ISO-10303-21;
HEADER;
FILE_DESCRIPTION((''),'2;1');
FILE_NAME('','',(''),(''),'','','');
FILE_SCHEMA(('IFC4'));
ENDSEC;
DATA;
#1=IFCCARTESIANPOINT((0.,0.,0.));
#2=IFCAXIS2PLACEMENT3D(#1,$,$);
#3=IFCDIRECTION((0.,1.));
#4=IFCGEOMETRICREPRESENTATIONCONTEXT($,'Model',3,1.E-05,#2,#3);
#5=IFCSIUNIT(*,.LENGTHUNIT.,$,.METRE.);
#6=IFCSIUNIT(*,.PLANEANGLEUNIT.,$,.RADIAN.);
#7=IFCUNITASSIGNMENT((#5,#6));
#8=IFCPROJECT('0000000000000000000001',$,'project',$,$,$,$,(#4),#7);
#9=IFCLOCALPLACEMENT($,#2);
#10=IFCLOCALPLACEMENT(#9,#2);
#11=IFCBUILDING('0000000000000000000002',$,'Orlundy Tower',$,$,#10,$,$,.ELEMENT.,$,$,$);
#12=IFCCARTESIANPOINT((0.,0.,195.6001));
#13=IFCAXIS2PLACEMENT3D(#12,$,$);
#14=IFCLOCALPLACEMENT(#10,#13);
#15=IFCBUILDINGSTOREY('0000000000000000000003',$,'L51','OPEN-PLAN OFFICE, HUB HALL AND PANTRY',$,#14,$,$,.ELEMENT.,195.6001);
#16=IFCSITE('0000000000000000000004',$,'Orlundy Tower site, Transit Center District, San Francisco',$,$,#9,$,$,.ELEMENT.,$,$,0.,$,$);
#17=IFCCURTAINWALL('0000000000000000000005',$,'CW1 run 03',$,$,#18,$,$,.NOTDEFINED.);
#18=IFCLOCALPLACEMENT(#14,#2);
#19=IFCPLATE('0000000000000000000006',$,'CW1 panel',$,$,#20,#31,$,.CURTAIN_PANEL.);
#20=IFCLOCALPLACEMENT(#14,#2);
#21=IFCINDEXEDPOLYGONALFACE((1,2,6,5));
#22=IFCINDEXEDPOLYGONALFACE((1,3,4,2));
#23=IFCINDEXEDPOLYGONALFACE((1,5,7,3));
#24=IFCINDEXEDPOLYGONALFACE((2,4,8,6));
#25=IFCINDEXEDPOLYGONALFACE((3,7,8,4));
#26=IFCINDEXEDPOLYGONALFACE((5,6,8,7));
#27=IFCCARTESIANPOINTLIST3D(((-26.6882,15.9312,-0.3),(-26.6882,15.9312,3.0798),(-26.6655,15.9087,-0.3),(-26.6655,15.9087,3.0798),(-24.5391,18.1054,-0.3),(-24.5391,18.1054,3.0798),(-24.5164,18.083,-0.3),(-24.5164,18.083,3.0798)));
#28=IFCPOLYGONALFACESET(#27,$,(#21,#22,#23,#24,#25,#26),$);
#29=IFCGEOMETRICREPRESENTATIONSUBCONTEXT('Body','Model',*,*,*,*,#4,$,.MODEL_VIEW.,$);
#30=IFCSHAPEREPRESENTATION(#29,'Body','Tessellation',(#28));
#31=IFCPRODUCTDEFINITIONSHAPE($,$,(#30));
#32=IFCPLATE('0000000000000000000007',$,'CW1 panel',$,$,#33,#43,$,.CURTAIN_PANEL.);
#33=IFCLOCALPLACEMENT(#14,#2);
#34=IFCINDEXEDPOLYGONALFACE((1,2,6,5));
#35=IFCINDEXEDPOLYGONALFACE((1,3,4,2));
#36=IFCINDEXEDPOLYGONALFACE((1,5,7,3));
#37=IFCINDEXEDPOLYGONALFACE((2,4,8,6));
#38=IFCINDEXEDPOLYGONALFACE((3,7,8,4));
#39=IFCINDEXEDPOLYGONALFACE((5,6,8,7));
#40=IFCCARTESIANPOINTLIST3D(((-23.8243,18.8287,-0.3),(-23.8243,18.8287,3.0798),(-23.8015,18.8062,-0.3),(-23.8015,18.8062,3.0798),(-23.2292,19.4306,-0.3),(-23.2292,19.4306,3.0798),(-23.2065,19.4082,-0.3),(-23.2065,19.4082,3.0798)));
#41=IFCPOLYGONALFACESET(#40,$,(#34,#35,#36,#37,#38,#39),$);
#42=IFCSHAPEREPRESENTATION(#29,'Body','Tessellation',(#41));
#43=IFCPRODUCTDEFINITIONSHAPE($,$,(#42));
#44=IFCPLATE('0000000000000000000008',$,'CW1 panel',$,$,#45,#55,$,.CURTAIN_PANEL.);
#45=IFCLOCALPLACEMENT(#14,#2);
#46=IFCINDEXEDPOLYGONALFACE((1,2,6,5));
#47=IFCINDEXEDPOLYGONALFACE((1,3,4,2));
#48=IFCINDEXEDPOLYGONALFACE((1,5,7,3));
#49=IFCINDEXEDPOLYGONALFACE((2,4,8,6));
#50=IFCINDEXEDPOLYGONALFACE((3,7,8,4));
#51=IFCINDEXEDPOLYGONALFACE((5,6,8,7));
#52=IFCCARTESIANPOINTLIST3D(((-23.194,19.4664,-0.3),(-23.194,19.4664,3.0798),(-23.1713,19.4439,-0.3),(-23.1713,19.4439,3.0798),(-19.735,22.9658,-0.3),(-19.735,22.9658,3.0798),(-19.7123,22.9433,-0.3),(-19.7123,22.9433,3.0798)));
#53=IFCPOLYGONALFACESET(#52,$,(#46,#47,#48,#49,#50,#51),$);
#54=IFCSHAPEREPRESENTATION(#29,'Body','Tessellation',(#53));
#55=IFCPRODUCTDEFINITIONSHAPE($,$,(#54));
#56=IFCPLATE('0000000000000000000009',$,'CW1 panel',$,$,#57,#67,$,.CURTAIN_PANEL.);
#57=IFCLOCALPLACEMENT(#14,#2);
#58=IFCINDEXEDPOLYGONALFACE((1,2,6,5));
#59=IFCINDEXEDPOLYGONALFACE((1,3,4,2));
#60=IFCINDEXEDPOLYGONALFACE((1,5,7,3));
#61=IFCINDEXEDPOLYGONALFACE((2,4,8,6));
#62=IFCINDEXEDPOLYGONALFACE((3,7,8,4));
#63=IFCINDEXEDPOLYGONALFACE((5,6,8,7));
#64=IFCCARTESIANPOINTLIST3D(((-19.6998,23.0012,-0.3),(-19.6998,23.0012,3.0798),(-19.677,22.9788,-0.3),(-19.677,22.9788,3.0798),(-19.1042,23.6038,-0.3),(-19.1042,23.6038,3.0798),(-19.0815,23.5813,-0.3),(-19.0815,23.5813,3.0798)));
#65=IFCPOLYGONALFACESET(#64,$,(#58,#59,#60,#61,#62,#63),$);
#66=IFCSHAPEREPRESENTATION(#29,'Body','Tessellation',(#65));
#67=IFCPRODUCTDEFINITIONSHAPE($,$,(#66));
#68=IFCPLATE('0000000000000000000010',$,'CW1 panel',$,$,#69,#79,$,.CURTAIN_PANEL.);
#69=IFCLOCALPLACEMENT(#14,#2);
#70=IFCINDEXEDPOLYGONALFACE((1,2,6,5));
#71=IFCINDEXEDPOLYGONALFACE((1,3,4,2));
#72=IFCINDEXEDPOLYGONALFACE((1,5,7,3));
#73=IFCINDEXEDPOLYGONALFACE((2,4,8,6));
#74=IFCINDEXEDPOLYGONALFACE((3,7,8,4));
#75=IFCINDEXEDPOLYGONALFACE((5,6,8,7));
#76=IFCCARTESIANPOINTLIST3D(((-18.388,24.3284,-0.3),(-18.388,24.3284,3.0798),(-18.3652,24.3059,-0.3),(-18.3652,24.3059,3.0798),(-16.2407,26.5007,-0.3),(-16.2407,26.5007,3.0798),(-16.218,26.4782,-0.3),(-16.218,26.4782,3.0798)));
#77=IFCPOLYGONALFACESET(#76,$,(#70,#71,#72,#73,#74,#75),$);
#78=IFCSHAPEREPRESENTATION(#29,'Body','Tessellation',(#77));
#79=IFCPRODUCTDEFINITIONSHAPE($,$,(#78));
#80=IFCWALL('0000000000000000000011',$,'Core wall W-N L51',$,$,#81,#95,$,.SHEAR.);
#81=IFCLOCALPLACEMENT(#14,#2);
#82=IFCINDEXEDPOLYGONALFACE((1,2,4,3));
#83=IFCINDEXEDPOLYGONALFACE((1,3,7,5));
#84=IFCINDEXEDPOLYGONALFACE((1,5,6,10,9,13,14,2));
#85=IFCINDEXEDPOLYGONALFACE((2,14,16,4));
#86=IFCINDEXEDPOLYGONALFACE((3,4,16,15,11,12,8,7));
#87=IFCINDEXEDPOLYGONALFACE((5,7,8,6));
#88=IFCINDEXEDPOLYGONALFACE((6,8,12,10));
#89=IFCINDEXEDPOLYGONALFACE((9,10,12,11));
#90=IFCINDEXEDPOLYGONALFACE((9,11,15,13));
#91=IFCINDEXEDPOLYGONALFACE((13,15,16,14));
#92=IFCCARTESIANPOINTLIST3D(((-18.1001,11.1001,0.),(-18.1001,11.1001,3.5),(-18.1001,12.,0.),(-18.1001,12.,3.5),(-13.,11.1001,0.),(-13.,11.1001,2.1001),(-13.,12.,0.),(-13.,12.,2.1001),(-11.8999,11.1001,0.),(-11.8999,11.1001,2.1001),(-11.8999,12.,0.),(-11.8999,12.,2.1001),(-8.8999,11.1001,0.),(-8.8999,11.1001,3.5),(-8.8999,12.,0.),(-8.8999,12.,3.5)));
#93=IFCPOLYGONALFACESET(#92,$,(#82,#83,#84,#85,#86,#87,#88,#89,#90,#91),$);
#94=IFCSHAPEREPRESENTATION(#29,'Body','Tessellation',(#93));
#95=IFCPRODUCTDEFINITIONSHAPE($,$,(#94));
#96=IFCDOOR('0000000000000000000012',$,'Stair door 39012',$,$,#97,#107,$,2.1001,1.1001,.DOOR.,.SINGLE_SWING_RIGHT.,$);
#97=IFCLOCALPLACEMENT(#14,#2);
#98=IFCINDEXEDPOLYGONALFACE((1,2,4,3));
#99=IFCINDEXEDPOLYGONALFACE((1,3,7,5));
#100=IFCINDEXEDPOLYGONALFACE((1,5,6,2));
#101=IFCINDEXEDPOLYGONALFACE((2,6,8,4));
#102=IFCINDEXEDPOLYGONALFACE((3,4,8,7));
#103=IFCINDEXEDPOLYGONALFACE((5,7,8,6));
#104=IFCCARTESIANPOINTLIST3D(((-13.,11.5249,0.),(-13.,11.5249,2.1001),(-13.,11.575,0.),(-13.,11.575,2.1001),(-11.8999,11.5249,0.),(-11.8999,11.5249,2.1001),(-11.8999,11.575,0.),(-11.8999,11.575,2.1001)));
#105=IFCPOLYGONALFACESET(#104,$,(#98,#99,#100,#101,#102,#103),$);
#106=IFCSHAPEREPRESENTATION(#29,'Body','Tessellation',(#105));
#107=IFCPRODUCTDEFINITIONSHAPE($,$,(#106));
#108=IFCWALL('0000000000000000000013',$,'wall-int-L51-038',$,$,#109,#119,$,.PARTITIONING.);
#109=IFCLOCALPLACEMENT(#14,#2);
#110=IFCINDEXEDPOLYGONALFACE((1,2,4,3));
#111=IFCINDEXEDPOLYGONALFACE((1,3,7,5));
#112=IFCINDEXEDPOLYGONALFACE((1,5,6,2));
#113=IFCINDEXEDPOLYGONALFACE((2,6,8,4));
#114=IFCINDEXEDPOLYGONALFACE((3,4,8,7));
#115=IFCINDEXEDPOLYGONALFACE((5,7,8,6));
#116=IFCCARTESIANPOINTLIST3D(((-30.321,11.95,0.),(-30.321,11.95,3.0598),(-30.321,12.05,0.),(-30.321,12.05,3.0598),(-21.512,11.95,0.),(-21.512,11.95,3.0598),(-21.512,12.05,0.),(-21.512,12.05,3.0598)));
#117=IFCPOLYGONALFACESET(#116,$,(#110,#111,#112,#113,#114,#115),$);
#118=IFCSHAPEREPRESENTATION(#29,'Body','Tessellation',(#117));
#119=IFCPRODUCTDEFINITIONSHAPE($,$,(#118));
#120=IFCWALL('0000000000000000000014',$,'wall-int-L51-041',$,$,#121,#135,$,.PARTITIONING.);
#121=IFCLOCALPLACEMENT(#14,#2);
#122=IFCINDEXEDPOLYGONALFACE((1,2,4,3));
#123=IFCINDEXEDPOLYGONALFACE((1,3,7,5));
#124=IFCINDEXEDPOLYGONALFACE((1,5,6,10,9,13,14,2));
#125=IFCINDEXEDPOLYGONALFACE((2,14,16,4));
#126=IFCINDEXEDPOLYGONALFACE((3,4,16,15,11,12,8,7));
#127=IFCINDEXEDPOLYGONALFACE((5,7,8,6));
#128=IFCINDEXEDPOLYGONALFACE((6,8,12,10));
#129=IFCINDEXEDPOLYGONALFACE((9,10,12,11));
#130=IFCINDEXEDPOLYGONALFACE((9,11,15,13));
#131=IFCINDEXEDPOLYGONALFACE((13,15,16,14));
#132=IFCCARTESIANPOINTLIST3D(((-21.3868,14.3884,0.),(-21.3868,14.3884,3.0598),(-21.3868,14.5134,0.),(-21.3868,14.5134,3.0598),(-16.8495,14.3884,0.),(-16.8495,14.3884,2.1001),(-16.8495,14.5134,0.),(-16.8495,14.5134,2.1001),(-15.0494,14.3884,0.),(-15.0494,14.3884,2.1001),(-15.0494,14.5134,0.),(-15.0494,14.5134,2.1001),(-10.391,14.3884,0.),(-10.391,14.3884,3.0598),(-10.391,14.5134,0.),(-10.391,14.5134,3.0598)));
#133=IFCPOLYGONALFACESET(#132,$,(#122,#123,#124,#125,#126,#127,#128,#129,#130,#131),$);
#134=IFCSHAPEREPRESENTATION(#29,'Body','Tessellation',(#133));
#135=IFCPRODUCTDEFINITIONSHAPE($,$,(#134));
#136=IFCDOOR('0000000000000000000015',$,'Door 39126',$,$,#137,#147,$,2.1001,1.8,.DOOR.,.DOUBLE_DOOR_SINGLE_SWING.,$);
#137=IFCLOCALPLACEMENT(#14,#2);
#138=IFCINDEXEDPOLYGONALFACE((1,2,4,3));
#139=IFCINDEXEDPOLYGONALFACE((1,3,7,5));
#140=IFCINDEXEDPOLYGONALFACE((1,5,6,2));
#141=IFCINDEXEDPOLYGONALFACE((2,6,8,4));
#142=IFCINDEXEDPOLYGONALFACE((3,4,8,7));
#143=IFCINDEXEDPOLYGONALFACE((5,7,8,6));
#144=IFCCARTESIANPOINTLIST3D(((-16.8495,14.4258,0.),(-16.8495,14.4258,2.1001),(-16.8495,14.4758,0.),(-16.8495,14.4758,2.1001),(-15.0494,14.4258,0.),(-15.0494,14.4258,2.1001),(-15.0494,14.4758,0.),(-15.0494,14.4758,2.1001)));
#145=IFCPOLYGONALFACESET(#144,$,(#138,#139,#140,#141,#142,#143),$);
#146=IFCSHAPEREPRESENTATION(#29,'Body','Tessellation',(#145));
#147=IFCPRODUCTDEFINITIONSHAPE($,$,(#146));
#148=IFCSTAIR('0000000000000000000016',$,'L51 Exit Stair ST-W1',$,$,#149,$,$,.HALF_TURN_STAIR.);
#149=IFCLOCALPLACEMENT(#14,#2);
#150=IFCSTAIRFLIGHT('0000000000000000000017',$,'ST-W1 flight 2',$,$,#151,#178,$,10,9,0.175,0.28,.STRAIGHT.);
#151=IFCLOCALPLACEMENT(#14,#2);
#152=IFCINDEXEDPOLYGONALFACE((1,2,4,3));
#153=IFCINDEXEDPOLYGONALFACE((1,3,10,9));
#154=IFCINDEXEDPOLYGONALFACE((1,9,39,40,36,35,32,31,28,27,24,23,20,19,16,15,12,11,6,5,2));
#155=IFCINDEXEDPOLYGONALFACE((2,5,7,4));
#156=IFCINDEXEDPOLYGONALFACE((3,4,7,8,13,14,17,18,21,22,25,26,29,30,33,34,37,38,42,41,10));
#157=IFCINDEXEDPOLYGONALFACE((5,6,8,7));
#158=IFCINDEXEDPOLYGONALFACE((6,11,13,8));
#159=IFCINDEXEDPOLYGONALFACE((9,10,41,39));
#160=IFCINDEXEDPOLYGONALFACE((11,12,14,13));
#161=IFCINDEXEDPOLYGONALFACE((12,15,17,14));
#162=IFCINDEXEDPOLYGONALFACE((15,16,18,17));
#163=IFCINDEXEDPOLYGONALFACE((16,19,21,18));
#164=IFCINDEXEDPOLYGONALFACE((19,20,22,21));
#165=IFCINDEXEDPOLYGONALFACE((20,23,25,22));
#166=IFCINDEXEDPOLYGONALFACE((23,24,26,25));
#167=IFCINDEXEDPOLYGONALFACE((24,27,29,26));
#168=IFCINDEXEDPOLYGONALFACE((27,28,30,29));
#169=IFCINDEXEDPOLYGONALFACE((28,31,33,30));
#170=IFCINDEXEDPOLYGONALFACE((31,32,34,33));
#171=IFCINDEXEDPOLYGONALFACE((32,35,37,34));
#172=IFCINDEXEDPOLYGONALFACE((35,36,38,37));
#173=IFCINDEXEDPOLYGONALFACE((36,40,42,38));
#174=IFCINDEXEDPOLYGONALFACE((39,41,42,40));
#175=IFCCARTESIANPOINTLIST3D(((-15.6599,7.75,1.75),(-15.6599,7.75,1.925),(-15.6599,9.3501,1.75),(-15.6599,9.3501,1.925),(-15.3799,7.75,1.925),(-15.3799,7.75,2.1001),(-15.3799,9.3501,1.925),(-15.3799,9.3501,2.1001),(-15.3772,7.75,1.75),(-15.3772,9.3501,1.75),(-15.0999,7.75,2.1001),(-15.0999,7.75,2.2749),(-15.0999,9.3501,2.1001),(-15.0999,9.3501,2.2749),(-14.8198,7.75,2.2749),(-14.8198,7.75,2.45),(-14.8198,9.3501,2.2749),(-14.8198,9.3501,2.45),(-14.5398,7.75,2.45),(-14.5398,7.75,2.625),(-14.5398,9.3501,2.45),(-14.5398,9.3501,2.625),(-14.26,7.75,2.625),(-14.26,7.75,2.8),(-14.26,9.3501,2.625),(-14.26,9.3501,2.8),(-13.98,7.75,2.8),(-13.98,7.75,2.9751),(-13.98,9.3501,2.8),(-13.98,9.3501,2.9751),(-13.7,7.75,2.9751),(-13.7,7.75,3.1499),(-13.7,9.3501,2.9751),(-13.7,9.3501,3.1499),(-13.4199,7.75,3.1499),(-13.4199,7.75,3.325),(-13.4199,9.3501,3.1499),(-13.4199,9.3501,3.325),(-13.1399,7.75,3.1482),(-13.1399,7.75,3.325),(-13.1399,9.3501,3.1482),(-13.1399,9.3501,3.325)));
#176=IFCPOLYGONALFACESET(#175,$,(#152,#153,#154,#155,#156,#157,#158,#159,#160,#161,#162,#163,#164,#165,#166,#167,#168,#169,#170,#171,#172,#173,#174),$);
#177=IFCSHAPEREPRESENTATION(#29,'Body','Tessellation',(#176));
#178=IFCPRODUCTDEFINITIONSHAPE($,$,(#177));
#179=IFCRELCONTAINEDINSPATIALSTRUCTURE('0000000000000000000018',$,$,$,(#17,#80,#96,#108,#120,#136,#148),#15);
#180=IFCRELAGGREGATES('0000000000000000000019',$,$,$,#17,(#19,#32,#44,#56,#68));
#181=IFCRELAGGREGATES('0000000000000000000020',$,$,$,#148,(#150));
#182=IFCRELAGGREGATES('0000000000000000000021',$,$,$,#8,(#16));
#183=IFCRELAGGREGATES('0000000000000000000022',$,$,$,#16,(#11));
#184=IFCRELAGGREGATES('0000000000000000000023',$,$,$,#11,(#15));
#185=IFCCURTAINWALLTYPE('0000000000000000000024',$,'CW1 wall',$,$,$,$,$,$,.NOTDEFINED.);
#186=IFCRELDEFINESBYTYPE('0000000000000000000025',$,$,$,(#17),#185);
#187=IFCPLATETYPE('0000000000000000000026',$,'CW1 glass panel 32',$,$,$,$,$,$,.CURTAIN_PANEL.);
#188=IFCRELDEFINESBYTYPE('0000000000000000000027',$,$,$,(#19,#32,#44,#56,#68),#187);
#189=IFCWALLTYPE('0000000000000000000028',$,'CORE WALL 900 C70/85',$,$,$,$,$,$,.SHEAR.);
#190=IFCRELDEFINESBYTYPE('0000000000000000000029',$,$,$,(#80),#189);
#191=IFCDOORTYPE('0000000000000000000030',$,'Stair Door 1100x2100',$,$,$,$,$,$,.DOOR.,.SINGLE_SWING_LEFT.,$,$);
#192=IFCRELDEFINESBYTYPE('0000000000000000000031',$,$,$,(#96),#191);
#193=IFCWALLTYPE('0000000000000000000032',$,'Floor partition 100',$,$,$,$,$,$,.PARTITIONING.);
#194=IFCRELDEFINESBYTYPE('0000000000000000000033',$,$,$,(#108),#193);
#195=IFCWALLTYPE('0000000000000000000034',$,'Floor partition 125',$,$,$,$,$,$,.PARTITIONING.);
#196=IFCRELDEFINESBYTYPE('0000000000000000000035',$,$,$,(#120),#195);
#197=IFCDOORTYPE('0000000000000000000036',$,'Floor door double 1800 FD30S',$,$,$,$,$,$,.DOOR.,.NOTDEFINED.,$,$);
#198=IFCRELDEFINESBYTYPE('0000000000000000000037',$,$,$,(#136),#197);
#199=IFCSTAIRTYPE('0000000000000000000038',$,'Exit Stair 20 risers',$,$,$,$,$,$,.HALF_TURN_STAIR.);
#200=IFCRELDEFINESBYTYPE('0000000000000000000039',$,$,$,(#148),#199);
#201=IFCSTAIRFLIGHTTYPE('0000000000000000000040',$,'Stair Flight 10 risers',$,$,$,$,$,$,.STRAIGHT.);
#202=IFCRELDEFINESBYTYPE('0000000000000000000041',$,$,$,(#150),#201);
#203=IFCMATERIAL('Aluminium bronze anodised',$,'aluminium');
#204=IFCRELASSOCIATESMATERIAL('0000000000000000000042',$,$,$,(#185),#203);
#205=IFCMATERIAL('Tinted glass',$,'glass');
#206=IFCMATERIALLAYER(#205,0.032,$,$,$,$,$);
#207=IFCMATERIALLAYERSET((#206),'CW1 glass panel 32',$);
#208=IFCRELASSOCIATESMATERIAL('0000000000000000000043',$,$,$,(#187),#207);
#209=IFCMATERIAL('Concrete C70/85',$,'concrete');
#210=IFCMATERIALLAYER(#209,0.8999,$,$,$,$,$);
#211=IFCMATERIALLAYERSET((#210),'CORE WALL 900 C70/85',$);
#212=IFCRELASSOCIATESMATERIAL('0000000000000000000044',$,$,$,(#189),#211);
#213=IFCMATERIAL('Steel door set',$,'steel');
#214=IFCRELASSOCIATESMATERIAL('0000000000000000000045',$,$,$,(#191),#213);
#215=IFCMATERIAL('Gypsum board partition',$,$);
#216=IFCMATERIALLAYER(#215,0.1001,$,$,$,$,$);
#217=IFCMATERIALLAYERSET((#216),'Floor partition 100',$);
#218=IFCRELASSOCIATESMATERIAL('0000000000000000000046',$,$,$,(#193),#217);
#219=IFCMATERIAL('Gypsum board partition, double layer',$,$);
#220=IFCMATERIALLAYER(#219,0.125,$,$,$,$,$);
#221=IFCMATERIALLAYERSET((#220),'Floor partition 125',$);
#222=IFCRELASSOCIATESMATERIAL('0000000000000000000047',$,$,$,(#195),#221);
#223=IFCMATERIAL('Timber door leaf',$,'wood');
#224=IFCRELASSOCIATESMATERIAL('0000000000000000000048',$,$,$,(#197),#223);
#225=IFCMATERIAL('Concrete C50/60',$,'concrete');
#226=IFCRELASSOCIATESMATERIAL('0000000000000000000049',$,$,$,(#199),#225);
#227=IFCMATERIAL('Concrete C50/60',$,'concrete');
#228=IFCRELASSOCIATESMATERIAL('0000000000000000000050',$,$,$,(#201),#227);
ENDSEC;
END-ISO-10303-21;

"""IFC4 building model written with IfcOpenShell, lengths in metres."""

from ifc_helpers import new_model, si_unit, direction, frame, frame_2d, origin, origin_2d, place, context, subcontext, project, spatial, polyline, rectangle, outline, extrude, material, layer, layer_set, type_object, element, fill, aggregate, save


model = new_model("IFC4")

# Units and contexts
model_context = context("Model", 3, precision=1e-05, world=origin(), true_north=direction((0.0, 1.0)))
body_context = subcontext(model_context, "Body", "Model", "MODEL_VIEW")
ifc_project = project(units=[si_unit("LENGTHUNIT", "METRE"), si_unit("PLANEANGLEUNIT", "RADIAN")], contexts=[model_context])

# Site, building, storey
site_placement = place(None, origin())
site = spatial("IfcSite", under=ifc_project, at=site_placement, Name="Orlundy Tower site, Transit Center District, San Francisco", CompositionType="ELEMENT", RefElevation=0.0)
building_placement = place(site_placement, origin())
building = spatial("IfcBuilding", under=site, at=building_placement, Name="Orlundy Tower", CompositionType="ELEMENT")
storey_placement = place(building_placement, frame((0.0, 0.0, 195.6001)))
storey = spatial("IfcBuildingStorey", under=building, at=storey_placement, Name="L51", Description="OPEN-PLAN OFFICE, HUB HALL AND PANTRY", CompositionType="ELEMENT", Elevation=195.6001)

# Curtain wall
ifc_material_1 = material(Name="Aluminium bronze anodised", Category="aluminium")
curtain_wall_type = type_object("IfcCurtainWallType", Name="CW1 wall", PredefinedType="NOTDEFINED", material=ifc_material_1)
curtain_wall_1_placement = place(storey_placement, origin())
curtain_wall_1 = element("IfcCurtainWall", 1, at=curtain_wall_1_placement, inside=storey, type_object=curtain_wall_type, Name="CW1 run 03", PredefinedType="NOTDEFINED")

# Plates
ifc_material_2 = material(Name="Tinted glass", Category="glass")
ifc_layer_1 = layer(ifc_material_2, 0.032)
ifc_layer_set_1 = layer_set([ifc_layer_1], Name="CW1 glass panel 32")
plate_type = type_object("IfcPlateType", Name="CW1 glass panel 32", PredefinedType="CURTAIN_PANEL", material=ifc_layer_set_1)
plate_1_placement = place(storey_placement, frame((-25.6023, 17.0071, -0.3), z_axis=(0.0, 0.0, 1.0), x_axis=(0.702991, 0.711199, 0.0)))
plate_1 = element("IfcPlate", 2, at=plate_1_placement, type_object=plate_type, Name="CW1 panel", PredefinedType="CURTAIN_PANEL", context=body_context, shape_type="SweptSolid", body=[
    extrude(rectangle(XDim=3.0571, YDim=0.032, at=origin_2d()), origin(), (0.0, 0.0, 1.0), 3.3799),
])
plate_2_placement = place(storey_placement, frame((-23.5154, 19.1184, -0.3), z_axis=(0.0, 0.0, 1.0), x_axis=(0.702991, 0.711199, 0.0)))
plate_2 = element("IfcPlate", 3, at=plate_2_placement, type_object=plate_type, Name="CW1 panel", PredefinedType="CURTAIN_PANEL", context=body_context, shape_type="SweptSolid", body=[
    extrude(rectangle(XDim=0.8464, YDim=0.032, at=origin_2d()), origin(), (0.0, 0.0, 1.0), 3.3799),
])
plate_3_placement = place(storey_placement, frame((-21.4531, 21.2048, -0.3), z_axis=(0.0, 0.0, 1.0), x_axis=(0.702991, 0.711199, 0.0)))
plate_3 = element("IfcPlate", 4, at=plate_3_placement, type_object=plate_type, Name="CW1 panel", PredefinedType="CURTAIN_PANEL", context=body_context, shape_type="SweptSolid", body=[
    extrude(rectangle(XDim=4.9204, YDim=0.032, at=origin_2d()), origin(), (0.0, 0.0, 1.0), 3.3799),
])
plate_4_placement = place(storey_placement, frame((-19.3906, 23.2913, -0.3), z_axis=(0.0, 0.0, 1.0), x_axis=(0.702991, 0.711199, 0.0)))
plate_4 = element("IfcPlate", 5, at=plate_4_placement, type_object=plate_type, Name="CW1 panel", PredefinedType="CURTAIN_PANEL", context=body_context, shape_type="SweptSolid", body=[
    extrude(rectangle(XDim=0.8472, YDim=0.032, at=origin_2d()), origin(), (0.0, 0.0, 1.0), 3.3799),
])
plate_5_placement = place(storey_placement, frame((-17.303, 25.4033, -0.3), z_axis=(0.0, 0.0, 1.0), x_axis=(0.702991, 0.711199, 0.0)))
plate_5 = element("IfcPlate", 6, at=plate_5_placement, type_object=plate_type, Name="CW1 panel", PredefinedType="CURTAIN_PANEL", context=body_context, shape_type="SweptSolid", body=[
    extrude(rectangle(XDim=3.0544, YDim=0.032, at=origin_2d()), origin(), (0.0, 0.0, 1.0), 3.3799),
])
aggregate(curtain_wall_1, [plate_1, plate_2, plate_3, plate_4, plate_5])

# Wall, opening, door
ifc_material_3 = material(Name="Concrete C70/85", Category="concrete")
ifc_layer_2 = layer(ifc_material_3, 0.8999)
ifc_layer_set_2 = layer_set([ifc_layer_2], Name="CORE WALL 900 C70/85")
wall_type_1 = type_object("IfcWallType", Name="CORE WALL 900 C70/85", PredefinedType="SHEAR", material=ifc_layer_set_2)
wall_1_placement = place(storey_placement, frame((-18.1001, 11.55, 0.0), z_axis=(0.0, 0.0, 1.0), x_axis=(1.0, 0.0, 0.0)))
wall_1 = element("IfcWall", 7, at=wall_1_placement, inside=storey, type_object=wall_type_1, Name="Core wall W-N L51", PredefinedType="SHEAR", context=body_context, shape_type="SweptSolid", body=[
    extrude(rectangle(XDim=9.2002, YDim=0.8999, at=frame_2d((4.6001, 0.0))), origin(), (0.0, 0.0, 1.0), 3.5),
])
opening_1_placement = place(wall_1_placement, frame((5.1001, 0.0, 0.0)))
opening_1 = element("IfcOpeningElement", 8, at=opening_1_placement, cuts=wall_1, PredefinedType="OPENING", context=body_context, shape_type="SweptSolid", body=[
    extrude(rectangle(XDim=1.1001, YDim=2.1001, at=frame_2d((0.55, 1.05))), frame((0.0, 0.46, 0.0), z_axis=(0.0, -1.0, 0.0), x_axis=(1.0, 0.0, 0.0)), (0.0, 0.0, 1.0), 0.9199),
])
ifc_material_4 = material(Name="Steel door set", Category="steel")
door_type_1 = type_object("IfcDoorType", Name="Stair Door 1100x2100", OperationType="SINGLE_SWING_LEFT", PredefinedType="DOOR", material=ifc_material_4)
door_1_placement = place(opening_1_placement, origin())
door_1 = element("IfcDoor", 9, at=door_1_placement, inside=storey, type_object=door_type_1, Name="Stair door 39012", OperationType="SINGLE_SWING_RIGHT", OverallHeight=2.1001, OverallWidth=1.1001, PredefinedType="DOOR", context=body_context, shape_type="SweptSolid", body=[
    extrude(rectangle(XDim=1.1001, YDim=2.1001, at=frame_2d((0.55, 1.05))), frame((0.0, 0.0249, 0.0), z_axis=(0.0, -1.0, 0.0), x_axis=(1.0, 0.0, 0.0)), (0.0, 0.0, 1.0), 0.05),
])
fill(opening_1, door_1)

# Wall
ifc_material_5 = material(Name="Gypsum board partition")
ifc_layer_3 = layer(ifc_material_5, 0.1001)
ifc_layer_set_3 = layer_set([ifc_layer_3], Name="Floor partition 100")
wall_type_2 = type_object("IfcWallType", Name="Floor partition 100", PredefinedType="PARTITIONING", material=ifc_layer_set_3)
wall_2_placement = place(storey_placement, frame((-30.321, 12.0, 0.0), z_axis=(0.0, 0.0, 1.0), x_axis=(1.0, 0.0, 0.0)))
element("IfcWall", 10, at=wall_2_placement, inside=storey, type_object=wall_type_2, Name="wall-int-L51-038", PredefinedType="PARTITIONING", context=body_context, shape_type="SweptSolid", body=[
    extrude(rectangle(XDim=8.8091, YDim=0.1001, at=frame_2d((4.4045, 0.0))), origin(), (0.0, 0.0, 1.0), 3.0598),
])

# Wall, opening, door
ifc_material_6 = material(Name="Gypsum board partition, double layer")
ifc_layer_4 = layer(ifc_material_6, 0.125)
ifc_layer_set_4 = layer_set([ifc_layer_4], Name="Floor partition 125")
wall_type_3 = type_object("IfcWallType", Name="Floor partition 125", PredefinedType="PARTITIONING", material=ifc_layer_set_4)
wall_3_placement = place(storey_placement, frame((-21.387, 14.4509, 0.0), z_axis=(0.0, 0.0, 1.0), x_axis=(1.0, 0.0, 0.0)))
wall_3 = element("IfcWall", 11, at=wall_3_placement, inside=storey, type_object=wall_type_3, Name="wall-int-L51-041", PredefinedType="PARTITIONING", context=body_context, shape_type="SweptSolid", body=[
    extrude(rectangle(XDim=10.9958, YDim=0.125, at=frame_2d((5.498, 0.0))), origin(), (0.0, 0.0, 1.0), 3.0598),
])
opening_2_placement = place(wall_3_placement, frame((4.5376, 0.0, 0.0)))
opening_2 = element("IfcOpeningElement", 12, at=opening_2_placement, cuts=wall_3, PredefinedType="OPENING", context=body_context, shape_type="SweptSolid", body=[
    extrude(rectangle(XDim=1.8, YDim=2.1001, at=frame_2d((0.8999, 1.05))), frame((0.0, 0.0725, 0.0), z_axis=(0.0, -1.0, 0.0), x_axis=(1.0, 0.0, 0.0)), (0.0, 0.0, 1.0), 0.145),
])
ifc_material_7 = material(Name="Timber door leaf", Category="wood")
door_type_2 = type_object("IfcDoorType", Name="Floor door double 1800 FD30S", OperationType="NOTDEFINED", PredefinedType="DOOR", material=ifc_material_7)
door_2_placement = place(opening_2_placement, origin())
door_2 = element("IfcDoor", 13, at=door_2_placement, inside=storey, type_object=door_type_2, Name="Door 39126", OperationType="DOUBLE_DOOR_SINGLE_SWING", OverallHeight=2.1001, OverallWidth=1.8, PredefinedType="DOOR", context=body_context, shape_type="SweptSolid", body=[
    extrude(rectangle(XDim=1.8, YDim=2.1001, at=frame_2d((0.8999, 1.05))), frame((0.0, 0.0249, 0.0), z_axis=(0.0, -1.0, 0.0), x_axis=(1.0, 0.0, 0.0)), (0.0, 0.0, 1.0), 0.05),
])
fill(opening_2, door_2)

# Stair, stair flight
ifc_material_8 = material(Name="Concrete C50/60", Category="concrete")
stair_type = type_object("IfcStairType", Name="Exit Stair 20 risers", PredefinedType="HALF_TURN_STAIR", material=ifc_material_8)
stair_placement = place(storey_placement, origin())
stair = element("IfcStair", 14, at=stair_placement, inside=storey, type_object=stair_type, Name="L51 Exit Stair ST-W1", PredefinedType="HALF_TURN_STAIR")
ifc_material_9 = material(Name="Concrete C50/60", Category="concrete")
stair_flight_type = type_object("IfcStairFlightType", Name="Stair Flight 10 risers", PredefinedType="STRAIGHT", material=ifc_material_9)
stair_flight_placement = place(storey_placement, frame((-15.6599, 8.55, 1.75), z_axis=(0.0, 0.0, 1.0), x_axis=(1.0, 0.0, 0.0)))
stair_flight = element("IfcStairFlight", 15, at=stair_flight_placement, type_object=stair_flight_type, Name="ST-W1 flight 2", NumberOfRisers=10, NumberOfTreads=9, PredefinedType="STRAIGHT", RiserHeight=0.175, TreadLength=0.28, context=body_context, shape_type="SweptSolid", body=[
    extrude(outline(polyline([(0.0, 0.0), (0.0, 0.175), (0.28, 0.175), (0.28, 0.3501), (0.5601, 0.3501), (0.5601, 0.5249), (0.8401, 0.5249), (0.8401, 0.7), (1.1201, 0.7), (1.1201, 0.875), (1.3999, 0.875), (1.3999, 1.05), (1.6799, 1.05), (1.6799, 1.2251), (1.96, 1.2251), (1.96, 1.3999), (2.24, 1.3999), (2.24, 1.575), (2.52, 1.575), (2.52, 1.75), (2.52, 1.3982), (0.2827, 0.0), (0.0, 0.0)])), frame((0.0, 0.8, 0.0), z_axis=(0.0, -1.0, 0.0), x_axis=(1.0, 0.0, 0.0)), (0.0, 0.0, 1.0), 1.6001),
])
aggregate(stair, [stair_flight])

save(model, "model.ifc")
